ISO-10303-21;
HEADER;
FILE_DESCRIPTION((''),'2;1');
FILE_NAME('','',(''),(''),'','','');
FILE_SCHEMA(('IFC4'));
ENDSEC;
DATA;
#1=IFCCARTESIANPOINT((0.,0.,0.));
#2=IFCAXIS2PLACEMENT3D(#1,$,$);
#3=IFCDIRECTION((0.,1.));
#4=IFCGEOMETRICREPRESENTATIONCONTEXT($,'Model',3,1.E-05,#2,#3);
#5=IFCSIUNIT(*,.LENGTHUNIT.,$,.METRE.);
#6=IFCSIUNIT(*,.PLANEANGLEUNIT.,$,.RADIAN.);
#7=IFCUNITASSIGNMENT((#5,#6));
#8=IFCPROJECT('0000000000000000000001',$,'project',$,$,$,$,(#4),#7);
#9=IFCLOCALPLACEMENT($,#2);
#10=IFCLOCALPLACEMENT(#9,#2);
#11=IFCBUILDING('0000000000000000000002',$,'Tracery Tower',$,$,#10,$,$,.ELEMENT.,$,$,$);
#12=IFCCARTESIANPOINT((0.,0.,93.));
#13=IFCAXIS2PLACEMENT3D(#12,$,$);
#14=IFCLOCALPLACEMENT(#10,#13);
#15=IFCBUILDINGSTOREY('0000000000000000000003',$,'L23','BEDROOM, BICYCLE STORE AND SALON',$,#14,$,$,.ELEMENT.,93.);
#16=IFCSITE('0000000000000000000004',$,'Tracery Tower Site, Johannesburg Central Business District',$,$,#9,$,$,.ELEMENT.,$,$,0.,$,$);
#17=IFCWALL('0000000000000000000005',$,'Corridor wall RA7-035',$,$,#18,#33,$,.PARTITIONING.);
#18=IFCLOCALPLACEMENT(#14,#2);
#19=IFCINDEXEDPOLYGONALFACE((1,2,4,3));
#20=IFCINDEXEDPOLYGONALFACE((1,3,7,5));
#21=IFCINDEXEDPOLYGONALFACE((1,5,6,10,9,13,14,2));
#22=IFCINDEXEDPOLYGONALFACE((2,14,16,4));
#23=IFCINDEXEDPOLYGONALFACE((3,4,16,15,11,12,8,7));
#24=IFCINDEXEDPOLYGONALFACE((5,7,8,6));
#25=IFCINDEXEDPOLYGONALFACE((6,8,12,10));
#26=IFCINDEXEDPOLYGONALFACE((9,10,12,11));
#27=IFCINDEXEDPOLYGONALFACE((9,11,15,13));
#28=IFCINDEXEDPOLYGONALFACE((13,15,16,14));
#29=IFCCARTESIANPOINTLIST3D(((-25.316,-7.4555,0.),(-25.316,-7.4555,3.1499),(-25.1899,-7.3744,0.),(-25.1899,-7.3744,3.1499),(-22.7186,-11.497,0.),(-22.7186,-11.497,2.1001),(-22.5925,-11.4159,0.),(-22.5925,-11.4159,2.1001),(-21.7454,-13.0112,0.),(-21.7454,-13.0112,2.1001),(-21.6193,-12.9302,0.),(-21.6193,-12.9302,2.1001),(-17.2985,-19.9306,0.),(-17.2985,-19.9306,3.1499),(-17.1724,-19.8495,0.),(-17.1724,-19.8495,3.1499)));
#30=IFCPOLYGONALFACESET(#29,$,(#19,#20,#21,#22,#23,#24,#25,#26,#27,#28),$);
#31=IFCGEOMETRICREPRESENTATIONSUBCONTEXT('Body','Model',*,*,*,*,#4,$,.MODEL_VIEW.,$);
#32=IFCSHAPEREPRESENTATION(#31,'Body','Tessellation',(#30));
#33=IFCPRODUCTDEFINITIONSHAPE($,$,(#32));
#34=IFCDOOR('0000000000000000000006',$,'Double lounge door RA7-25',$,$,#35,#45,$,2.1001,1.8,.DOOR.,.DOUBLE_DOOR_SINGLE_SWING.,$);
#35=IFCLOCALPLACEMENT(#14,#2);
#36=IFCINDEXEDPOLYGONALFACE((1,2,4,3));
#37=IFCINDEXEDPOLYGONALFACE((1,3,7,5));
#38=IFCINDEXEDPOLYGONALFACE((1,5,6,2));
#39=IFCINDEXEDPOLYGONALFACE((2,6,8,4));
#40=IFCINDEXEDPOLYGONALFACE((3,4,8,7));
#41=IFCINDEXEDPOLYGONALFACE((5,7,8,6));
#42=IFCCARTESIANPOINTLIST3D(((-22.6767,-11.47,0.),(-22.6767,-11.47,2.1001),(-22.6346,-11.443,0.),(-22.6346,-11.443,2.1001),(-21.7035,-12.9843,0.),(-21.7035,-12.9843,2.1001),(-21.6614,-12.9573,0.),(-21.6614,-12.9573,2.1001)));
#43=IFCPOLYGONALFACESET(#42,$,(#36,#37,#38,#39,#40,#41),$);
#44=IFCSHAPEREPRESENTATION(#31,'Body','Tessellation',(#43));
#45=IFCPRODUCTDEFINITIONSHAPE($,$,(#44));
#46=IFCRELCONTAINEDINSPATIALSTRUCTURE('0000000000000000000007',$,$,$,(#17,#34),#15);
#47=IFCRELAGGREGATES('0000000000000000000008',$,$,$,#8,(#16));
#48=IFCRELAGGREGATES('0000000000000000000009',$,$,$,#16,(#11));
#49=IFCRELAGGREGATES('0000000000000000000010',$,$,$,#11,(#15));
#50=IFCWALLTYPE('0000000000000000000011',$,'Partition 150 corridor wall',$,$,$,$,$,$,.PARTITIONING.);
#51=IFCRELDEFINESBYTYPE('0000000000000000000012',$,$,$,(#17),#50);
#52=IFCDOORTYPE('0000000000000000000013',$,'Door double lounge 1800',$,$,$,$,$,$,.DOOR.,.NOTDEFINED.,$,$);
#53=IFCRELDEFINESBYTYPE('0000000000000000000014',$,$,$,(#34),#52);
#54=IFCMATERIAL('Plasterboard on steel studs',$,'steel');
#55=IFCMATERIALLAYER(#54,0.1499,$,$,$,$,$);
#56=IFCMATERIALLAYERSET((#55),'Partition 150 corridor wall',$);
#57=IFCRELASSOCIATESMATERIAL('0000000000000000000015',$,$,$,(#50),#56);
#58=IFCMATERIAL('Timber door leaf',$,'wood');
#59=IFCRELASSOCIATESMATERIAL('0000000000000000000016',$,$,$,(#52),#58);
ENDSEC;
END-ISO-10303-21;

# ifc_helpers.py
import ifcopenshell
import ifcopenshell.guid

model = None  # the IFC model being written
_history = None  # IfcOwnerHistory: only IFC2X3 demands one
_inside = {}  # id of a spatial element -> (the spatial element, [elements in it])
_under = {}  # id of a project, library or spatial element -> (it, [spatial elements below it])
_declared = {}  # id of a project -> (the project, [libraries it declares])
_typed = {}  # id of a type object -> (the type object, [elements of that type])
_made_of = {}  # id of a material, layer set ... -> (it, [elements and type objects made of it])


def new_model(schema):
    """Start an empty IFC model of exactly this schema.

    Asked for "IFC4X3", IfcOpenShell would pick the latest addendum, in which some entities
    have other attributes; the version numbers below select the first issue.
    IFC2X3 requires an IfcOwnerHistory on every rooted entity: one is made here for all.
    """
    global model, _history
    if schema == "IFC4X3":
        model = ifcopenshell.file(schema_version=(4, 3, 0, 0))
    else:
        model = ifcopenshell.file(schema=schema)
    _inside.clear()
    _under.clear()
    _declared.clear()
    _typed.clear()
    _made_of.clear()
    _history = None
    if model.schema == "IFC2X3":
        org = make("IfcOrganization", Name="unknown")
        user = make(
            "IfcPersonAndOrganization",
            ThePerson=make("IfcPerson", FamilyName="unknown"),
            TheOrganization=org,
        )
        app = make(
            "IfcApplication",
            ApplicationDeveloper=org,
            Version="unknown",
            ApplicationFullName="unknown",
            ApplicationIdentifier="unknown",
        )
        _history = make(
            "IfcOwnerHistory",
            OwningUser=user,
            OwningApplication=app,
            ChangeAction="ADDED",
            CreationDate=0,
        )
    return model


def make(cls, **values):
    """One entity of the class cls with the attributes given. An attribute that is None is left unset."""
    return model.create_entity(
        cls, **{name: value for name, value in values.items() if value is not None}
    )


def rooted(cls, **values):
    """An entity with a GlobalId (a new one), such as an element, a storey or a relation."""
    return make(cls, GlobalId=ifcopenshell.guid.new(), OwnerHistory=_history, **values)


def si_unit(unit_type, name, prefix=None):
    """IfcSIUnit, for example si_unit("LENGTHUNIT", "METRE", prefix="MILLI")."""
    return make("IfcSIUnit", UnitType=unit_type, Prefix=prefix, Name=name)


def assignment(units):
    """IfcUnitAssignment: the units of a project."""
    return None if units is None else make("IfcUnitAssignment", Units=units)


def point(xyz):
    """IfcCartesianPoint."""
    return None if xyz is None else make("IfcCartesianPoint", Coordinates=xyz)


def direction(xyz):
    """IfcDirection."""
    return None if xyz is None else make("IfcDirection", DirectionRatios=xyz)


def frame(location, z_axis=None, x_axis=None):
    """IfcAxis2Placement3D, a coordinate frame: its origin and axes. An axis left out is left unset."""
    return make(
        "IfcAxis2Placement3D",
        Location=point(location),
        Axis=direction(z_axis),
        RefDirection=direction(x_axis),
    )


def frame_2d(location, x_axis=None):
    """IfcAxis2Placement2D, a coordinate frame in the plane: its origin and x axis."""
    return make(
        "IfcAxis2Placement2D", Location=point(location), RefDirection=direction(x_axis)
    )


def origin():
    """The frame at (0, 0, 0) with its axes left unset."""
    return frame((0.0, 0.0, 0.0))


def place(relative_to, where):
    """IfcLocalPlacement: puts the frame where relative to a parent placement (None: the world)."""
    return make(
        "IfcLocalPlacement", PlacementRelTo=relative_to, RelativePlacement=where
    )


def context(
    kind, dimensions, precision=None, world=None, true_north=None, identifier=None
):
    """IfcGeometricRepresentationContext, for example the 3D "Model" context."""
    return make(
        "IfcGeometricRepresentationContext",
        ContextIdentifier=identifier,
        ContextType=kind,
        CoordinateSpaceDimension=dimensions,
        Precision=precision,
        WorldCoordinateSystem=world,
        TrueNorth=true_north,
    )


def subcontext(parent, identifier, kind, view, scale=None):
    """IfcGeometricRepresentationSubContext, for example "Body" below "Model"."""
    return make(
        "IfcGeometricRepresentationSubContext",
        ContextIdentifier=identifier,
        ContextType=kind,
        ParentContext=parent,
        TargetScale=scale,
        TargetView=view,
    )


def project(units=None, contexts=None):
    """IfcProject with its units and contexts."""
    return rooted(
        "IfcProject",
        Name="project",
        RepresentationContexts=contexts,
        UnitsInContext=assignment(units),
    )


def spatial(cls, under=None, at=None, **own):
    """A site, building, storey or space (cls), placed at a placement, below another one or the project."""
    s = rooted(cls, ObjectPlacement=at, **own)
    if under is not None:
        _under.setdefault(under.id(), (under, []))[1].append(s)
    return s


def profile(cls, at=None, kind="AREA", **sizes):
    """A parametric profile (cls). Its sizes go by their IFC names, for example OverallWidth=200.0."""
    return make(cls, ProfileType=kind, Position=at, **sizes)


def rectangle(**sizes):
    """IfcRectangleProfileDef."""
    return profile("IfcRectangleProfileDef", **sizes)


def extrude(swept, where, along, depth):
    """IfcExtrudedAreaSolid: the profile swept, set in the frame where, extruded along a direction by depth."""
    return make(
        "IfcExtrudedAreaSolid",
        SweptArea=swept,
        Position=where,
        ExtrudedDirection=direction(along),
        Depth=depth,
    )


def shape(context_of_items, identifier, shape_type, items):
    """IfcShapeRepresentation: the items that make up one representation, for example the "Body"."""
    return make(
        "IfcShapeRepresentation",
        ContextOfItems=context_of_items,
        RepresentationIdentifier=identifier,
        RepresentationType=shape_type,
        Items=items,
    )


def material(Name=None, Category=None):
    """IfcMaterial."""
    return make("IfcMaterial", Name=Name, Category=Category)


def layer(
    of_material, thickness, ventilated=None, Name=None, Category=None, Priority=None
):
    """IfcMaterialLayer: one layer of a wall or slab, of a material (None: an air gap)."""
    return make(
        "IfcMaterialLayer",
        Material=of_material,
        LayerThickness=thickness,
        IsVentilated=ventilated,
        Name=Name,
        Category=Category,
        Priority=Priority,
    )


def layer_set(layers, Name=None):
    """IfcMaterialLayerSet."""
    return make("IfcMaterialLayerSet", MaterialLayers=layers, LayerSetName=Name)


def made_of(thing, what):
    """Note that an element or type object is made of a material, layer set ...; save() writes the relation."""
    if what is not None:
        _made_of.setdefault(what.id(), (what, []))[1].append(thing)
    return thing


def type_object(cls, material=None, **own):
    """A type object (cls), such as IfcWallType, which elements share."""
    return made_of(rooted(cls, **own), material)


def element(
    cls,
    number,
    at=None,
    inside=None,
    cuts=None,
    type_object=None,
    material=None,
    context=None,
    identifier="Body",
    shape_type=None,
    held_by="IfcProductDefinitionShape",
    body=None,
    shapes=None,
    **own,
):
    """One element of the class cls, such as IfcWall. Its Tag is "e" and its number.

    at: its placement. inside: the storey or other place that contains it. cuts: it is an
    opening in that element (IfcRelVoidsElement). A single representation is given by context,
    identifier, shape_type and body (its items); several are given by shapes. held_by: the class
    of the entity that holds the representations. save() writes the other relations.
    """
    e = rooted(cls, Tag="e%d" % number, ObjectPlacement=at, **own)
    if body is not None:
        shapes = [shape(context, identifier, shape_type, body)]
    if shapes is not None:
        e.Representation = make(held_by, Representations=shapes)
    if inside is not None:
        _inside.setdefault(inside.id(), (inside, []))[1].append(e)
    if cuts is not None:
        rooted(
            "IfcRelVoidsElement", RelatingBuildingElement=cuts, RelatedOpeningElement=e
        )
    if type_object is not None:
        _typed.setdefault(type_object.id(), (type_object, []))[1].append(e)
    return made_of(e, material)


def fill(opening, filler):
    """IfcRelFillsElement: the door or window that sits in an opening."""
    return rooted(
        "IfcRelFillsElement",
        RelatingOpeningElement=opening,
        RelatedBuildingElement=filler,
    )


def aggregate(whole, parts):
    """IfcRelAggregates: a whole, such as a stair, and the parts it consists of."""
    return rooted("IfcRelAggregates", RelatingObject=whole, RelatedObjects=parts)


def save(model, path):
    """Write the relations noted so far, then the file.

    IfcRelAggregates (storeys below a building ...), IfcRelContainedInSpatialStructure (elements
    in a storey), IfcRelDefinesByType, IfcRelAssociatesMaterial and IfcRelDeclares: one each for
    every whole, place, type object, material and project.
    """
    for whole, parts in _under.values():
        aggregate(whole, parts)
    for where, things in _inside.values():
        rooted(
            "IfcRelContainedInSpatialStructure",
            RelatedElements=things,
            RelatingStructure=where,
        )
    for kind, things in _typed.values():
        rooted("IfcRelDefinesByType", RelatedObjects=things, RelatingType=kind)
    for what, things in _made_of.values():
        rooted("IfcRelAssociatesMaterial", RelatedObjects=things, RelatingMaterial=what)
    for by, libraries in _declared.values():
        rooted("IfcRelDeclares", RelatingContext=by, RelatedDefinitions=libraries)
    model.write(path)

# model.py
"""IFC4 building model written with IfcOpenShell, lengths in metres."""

from ifc_helpers import new_model, si_unit, direction, frame, frame_2d, origin, place, context, subcontext, project, spatial, rectangle, extrude, material, layer, layer_set, type_object, element, fill, save


model = new_model("IFC4")

# Units and contexts
model_context = context("Model", 3, precision=1e-05, world=origin(), true_north=direction((0.0, 1.0)))
body_context = subcontext(model_context, "Body", "Model", "MODEL_VIEW")
ifc_project = project(units=[si_unit("LENGTHUNIT", "METRE"), si_unit("PLANEANGLEUNIT", "RADIAN")], contexts=[model_context])

# Site, building, storey
site_placement = place(None, origin())
site = spatial("IfcSite", under=ifc_project, at=site_placement, Name="Tracery Tower Site, Johannesburg Central Business District", CompositionType="ELEMENT", RefElevation=0.0)
building_placement = place(site_placement, origin())
building = spatial("IfcBuilding", under=site, at=building_placement, Name="Tracery Tower", CompositionType="ELEMENT")
storey_placement = place(building_placement, frame((0.0, 0.0, 93.0)))
storey = spatial("IfcBuildingStorey", under=building, at=storey_placement, Name="L23", Description="BEDROOM, BICYCLE STORE AND SALON", CompositionType="ELEMENT", Elevation=93.0)

# Shared definitions
ifc_material_1 = material(Name="Plasterboard on steel studs", Category="steel")
ifc_layer_1 = layer(ifc_material_1, 0.1499)
ifc_layer_set_1 = layer_set([ifc_layer_1], Name="Partition 150 corridor wall")
wall_type_1 = type_object("IfcWallType", Name="Partition 150 corridor wall", PredefinedType="PARTITIONING", material=ifc_layer_set_1)

# Wall, opening, door
wall_1_placement = place(storey_placement, frame((-25.2529, -7.415, 0.0), z_axis=(0.0, 0.0, 1.0), x_axis=(0.540656, -0.841244, 0.0)))
wall_1 = element("IfcWall", 1, at=wall_1_placement, inside=storey, type_object=wall_type_1, Name="Corridor wall RA7-035", PredefinedType="PARTITIONING", context=body_context, shape_type="SweptSolid", body=[
    extrude(rectangle(XDim=14.8293, YDim=0.1499, at=frame_2d((7.4146, 0.0))), origin(), (0.0, 0.0, 1.0), 3.1499),
])
opening_1_placement = place(wall_1_placement, frame((4.8042, 0.0, 0.0)))
opening_1 = element("IfcOpeningElement", 2, at=opening_1_placement, cuts=wall_1, PredefinedType="OPENING", context=body_context, shape_type="SweptSolid", body=[
    extrude(rectangle(XDim=1.8, YDim=2.1001, at=frame_2d((0.8999, 1.05))), frame((0.0, 0.075, 0.0), z_axis=(0.0, -1.0, 0.0), x_axis=(1.0, 0.0, 0.0)), (0.0, 0.0, 1.0), 0.1499),
])
ifc_material_2 = material(Name="Timber door leaf", Category="wood")
door_type_1 = type_object("IfcDoorType", Name="Door double lounge 1800", OperationType="NOTDEFINED", PredefinedType="DOOR", material=ifc_material_2)
door_1_placement = place(opening_1_placement, origin())
door_1 = element("IfcDoor", 3, at=door_1_placement, inside=storey, type_object=door_type_1, Name="Double lounge door RA7-25", OperationType="DOUBLE_DOOR_SINGLE_SWING", OverallHeight=2.1001, OverallWidth=1.8, PredefinedType="DOOR", context=body_context, shape_type="SweptSolid", body=[
    extrude(rectangle(XDim=1.8, YDim=2.1001, at=frame_2d((0.8999, 1.05))), frame((0.0, 0.0249, 0.0), z_axis=(0.0, -1.0, 0.0), x_axis=(1.0, 0.0, 0.0)), (0.0, 0.0, 1.0), 0.05),
])
fill(opening_1, door_1)

save(model, "model.ifc")
